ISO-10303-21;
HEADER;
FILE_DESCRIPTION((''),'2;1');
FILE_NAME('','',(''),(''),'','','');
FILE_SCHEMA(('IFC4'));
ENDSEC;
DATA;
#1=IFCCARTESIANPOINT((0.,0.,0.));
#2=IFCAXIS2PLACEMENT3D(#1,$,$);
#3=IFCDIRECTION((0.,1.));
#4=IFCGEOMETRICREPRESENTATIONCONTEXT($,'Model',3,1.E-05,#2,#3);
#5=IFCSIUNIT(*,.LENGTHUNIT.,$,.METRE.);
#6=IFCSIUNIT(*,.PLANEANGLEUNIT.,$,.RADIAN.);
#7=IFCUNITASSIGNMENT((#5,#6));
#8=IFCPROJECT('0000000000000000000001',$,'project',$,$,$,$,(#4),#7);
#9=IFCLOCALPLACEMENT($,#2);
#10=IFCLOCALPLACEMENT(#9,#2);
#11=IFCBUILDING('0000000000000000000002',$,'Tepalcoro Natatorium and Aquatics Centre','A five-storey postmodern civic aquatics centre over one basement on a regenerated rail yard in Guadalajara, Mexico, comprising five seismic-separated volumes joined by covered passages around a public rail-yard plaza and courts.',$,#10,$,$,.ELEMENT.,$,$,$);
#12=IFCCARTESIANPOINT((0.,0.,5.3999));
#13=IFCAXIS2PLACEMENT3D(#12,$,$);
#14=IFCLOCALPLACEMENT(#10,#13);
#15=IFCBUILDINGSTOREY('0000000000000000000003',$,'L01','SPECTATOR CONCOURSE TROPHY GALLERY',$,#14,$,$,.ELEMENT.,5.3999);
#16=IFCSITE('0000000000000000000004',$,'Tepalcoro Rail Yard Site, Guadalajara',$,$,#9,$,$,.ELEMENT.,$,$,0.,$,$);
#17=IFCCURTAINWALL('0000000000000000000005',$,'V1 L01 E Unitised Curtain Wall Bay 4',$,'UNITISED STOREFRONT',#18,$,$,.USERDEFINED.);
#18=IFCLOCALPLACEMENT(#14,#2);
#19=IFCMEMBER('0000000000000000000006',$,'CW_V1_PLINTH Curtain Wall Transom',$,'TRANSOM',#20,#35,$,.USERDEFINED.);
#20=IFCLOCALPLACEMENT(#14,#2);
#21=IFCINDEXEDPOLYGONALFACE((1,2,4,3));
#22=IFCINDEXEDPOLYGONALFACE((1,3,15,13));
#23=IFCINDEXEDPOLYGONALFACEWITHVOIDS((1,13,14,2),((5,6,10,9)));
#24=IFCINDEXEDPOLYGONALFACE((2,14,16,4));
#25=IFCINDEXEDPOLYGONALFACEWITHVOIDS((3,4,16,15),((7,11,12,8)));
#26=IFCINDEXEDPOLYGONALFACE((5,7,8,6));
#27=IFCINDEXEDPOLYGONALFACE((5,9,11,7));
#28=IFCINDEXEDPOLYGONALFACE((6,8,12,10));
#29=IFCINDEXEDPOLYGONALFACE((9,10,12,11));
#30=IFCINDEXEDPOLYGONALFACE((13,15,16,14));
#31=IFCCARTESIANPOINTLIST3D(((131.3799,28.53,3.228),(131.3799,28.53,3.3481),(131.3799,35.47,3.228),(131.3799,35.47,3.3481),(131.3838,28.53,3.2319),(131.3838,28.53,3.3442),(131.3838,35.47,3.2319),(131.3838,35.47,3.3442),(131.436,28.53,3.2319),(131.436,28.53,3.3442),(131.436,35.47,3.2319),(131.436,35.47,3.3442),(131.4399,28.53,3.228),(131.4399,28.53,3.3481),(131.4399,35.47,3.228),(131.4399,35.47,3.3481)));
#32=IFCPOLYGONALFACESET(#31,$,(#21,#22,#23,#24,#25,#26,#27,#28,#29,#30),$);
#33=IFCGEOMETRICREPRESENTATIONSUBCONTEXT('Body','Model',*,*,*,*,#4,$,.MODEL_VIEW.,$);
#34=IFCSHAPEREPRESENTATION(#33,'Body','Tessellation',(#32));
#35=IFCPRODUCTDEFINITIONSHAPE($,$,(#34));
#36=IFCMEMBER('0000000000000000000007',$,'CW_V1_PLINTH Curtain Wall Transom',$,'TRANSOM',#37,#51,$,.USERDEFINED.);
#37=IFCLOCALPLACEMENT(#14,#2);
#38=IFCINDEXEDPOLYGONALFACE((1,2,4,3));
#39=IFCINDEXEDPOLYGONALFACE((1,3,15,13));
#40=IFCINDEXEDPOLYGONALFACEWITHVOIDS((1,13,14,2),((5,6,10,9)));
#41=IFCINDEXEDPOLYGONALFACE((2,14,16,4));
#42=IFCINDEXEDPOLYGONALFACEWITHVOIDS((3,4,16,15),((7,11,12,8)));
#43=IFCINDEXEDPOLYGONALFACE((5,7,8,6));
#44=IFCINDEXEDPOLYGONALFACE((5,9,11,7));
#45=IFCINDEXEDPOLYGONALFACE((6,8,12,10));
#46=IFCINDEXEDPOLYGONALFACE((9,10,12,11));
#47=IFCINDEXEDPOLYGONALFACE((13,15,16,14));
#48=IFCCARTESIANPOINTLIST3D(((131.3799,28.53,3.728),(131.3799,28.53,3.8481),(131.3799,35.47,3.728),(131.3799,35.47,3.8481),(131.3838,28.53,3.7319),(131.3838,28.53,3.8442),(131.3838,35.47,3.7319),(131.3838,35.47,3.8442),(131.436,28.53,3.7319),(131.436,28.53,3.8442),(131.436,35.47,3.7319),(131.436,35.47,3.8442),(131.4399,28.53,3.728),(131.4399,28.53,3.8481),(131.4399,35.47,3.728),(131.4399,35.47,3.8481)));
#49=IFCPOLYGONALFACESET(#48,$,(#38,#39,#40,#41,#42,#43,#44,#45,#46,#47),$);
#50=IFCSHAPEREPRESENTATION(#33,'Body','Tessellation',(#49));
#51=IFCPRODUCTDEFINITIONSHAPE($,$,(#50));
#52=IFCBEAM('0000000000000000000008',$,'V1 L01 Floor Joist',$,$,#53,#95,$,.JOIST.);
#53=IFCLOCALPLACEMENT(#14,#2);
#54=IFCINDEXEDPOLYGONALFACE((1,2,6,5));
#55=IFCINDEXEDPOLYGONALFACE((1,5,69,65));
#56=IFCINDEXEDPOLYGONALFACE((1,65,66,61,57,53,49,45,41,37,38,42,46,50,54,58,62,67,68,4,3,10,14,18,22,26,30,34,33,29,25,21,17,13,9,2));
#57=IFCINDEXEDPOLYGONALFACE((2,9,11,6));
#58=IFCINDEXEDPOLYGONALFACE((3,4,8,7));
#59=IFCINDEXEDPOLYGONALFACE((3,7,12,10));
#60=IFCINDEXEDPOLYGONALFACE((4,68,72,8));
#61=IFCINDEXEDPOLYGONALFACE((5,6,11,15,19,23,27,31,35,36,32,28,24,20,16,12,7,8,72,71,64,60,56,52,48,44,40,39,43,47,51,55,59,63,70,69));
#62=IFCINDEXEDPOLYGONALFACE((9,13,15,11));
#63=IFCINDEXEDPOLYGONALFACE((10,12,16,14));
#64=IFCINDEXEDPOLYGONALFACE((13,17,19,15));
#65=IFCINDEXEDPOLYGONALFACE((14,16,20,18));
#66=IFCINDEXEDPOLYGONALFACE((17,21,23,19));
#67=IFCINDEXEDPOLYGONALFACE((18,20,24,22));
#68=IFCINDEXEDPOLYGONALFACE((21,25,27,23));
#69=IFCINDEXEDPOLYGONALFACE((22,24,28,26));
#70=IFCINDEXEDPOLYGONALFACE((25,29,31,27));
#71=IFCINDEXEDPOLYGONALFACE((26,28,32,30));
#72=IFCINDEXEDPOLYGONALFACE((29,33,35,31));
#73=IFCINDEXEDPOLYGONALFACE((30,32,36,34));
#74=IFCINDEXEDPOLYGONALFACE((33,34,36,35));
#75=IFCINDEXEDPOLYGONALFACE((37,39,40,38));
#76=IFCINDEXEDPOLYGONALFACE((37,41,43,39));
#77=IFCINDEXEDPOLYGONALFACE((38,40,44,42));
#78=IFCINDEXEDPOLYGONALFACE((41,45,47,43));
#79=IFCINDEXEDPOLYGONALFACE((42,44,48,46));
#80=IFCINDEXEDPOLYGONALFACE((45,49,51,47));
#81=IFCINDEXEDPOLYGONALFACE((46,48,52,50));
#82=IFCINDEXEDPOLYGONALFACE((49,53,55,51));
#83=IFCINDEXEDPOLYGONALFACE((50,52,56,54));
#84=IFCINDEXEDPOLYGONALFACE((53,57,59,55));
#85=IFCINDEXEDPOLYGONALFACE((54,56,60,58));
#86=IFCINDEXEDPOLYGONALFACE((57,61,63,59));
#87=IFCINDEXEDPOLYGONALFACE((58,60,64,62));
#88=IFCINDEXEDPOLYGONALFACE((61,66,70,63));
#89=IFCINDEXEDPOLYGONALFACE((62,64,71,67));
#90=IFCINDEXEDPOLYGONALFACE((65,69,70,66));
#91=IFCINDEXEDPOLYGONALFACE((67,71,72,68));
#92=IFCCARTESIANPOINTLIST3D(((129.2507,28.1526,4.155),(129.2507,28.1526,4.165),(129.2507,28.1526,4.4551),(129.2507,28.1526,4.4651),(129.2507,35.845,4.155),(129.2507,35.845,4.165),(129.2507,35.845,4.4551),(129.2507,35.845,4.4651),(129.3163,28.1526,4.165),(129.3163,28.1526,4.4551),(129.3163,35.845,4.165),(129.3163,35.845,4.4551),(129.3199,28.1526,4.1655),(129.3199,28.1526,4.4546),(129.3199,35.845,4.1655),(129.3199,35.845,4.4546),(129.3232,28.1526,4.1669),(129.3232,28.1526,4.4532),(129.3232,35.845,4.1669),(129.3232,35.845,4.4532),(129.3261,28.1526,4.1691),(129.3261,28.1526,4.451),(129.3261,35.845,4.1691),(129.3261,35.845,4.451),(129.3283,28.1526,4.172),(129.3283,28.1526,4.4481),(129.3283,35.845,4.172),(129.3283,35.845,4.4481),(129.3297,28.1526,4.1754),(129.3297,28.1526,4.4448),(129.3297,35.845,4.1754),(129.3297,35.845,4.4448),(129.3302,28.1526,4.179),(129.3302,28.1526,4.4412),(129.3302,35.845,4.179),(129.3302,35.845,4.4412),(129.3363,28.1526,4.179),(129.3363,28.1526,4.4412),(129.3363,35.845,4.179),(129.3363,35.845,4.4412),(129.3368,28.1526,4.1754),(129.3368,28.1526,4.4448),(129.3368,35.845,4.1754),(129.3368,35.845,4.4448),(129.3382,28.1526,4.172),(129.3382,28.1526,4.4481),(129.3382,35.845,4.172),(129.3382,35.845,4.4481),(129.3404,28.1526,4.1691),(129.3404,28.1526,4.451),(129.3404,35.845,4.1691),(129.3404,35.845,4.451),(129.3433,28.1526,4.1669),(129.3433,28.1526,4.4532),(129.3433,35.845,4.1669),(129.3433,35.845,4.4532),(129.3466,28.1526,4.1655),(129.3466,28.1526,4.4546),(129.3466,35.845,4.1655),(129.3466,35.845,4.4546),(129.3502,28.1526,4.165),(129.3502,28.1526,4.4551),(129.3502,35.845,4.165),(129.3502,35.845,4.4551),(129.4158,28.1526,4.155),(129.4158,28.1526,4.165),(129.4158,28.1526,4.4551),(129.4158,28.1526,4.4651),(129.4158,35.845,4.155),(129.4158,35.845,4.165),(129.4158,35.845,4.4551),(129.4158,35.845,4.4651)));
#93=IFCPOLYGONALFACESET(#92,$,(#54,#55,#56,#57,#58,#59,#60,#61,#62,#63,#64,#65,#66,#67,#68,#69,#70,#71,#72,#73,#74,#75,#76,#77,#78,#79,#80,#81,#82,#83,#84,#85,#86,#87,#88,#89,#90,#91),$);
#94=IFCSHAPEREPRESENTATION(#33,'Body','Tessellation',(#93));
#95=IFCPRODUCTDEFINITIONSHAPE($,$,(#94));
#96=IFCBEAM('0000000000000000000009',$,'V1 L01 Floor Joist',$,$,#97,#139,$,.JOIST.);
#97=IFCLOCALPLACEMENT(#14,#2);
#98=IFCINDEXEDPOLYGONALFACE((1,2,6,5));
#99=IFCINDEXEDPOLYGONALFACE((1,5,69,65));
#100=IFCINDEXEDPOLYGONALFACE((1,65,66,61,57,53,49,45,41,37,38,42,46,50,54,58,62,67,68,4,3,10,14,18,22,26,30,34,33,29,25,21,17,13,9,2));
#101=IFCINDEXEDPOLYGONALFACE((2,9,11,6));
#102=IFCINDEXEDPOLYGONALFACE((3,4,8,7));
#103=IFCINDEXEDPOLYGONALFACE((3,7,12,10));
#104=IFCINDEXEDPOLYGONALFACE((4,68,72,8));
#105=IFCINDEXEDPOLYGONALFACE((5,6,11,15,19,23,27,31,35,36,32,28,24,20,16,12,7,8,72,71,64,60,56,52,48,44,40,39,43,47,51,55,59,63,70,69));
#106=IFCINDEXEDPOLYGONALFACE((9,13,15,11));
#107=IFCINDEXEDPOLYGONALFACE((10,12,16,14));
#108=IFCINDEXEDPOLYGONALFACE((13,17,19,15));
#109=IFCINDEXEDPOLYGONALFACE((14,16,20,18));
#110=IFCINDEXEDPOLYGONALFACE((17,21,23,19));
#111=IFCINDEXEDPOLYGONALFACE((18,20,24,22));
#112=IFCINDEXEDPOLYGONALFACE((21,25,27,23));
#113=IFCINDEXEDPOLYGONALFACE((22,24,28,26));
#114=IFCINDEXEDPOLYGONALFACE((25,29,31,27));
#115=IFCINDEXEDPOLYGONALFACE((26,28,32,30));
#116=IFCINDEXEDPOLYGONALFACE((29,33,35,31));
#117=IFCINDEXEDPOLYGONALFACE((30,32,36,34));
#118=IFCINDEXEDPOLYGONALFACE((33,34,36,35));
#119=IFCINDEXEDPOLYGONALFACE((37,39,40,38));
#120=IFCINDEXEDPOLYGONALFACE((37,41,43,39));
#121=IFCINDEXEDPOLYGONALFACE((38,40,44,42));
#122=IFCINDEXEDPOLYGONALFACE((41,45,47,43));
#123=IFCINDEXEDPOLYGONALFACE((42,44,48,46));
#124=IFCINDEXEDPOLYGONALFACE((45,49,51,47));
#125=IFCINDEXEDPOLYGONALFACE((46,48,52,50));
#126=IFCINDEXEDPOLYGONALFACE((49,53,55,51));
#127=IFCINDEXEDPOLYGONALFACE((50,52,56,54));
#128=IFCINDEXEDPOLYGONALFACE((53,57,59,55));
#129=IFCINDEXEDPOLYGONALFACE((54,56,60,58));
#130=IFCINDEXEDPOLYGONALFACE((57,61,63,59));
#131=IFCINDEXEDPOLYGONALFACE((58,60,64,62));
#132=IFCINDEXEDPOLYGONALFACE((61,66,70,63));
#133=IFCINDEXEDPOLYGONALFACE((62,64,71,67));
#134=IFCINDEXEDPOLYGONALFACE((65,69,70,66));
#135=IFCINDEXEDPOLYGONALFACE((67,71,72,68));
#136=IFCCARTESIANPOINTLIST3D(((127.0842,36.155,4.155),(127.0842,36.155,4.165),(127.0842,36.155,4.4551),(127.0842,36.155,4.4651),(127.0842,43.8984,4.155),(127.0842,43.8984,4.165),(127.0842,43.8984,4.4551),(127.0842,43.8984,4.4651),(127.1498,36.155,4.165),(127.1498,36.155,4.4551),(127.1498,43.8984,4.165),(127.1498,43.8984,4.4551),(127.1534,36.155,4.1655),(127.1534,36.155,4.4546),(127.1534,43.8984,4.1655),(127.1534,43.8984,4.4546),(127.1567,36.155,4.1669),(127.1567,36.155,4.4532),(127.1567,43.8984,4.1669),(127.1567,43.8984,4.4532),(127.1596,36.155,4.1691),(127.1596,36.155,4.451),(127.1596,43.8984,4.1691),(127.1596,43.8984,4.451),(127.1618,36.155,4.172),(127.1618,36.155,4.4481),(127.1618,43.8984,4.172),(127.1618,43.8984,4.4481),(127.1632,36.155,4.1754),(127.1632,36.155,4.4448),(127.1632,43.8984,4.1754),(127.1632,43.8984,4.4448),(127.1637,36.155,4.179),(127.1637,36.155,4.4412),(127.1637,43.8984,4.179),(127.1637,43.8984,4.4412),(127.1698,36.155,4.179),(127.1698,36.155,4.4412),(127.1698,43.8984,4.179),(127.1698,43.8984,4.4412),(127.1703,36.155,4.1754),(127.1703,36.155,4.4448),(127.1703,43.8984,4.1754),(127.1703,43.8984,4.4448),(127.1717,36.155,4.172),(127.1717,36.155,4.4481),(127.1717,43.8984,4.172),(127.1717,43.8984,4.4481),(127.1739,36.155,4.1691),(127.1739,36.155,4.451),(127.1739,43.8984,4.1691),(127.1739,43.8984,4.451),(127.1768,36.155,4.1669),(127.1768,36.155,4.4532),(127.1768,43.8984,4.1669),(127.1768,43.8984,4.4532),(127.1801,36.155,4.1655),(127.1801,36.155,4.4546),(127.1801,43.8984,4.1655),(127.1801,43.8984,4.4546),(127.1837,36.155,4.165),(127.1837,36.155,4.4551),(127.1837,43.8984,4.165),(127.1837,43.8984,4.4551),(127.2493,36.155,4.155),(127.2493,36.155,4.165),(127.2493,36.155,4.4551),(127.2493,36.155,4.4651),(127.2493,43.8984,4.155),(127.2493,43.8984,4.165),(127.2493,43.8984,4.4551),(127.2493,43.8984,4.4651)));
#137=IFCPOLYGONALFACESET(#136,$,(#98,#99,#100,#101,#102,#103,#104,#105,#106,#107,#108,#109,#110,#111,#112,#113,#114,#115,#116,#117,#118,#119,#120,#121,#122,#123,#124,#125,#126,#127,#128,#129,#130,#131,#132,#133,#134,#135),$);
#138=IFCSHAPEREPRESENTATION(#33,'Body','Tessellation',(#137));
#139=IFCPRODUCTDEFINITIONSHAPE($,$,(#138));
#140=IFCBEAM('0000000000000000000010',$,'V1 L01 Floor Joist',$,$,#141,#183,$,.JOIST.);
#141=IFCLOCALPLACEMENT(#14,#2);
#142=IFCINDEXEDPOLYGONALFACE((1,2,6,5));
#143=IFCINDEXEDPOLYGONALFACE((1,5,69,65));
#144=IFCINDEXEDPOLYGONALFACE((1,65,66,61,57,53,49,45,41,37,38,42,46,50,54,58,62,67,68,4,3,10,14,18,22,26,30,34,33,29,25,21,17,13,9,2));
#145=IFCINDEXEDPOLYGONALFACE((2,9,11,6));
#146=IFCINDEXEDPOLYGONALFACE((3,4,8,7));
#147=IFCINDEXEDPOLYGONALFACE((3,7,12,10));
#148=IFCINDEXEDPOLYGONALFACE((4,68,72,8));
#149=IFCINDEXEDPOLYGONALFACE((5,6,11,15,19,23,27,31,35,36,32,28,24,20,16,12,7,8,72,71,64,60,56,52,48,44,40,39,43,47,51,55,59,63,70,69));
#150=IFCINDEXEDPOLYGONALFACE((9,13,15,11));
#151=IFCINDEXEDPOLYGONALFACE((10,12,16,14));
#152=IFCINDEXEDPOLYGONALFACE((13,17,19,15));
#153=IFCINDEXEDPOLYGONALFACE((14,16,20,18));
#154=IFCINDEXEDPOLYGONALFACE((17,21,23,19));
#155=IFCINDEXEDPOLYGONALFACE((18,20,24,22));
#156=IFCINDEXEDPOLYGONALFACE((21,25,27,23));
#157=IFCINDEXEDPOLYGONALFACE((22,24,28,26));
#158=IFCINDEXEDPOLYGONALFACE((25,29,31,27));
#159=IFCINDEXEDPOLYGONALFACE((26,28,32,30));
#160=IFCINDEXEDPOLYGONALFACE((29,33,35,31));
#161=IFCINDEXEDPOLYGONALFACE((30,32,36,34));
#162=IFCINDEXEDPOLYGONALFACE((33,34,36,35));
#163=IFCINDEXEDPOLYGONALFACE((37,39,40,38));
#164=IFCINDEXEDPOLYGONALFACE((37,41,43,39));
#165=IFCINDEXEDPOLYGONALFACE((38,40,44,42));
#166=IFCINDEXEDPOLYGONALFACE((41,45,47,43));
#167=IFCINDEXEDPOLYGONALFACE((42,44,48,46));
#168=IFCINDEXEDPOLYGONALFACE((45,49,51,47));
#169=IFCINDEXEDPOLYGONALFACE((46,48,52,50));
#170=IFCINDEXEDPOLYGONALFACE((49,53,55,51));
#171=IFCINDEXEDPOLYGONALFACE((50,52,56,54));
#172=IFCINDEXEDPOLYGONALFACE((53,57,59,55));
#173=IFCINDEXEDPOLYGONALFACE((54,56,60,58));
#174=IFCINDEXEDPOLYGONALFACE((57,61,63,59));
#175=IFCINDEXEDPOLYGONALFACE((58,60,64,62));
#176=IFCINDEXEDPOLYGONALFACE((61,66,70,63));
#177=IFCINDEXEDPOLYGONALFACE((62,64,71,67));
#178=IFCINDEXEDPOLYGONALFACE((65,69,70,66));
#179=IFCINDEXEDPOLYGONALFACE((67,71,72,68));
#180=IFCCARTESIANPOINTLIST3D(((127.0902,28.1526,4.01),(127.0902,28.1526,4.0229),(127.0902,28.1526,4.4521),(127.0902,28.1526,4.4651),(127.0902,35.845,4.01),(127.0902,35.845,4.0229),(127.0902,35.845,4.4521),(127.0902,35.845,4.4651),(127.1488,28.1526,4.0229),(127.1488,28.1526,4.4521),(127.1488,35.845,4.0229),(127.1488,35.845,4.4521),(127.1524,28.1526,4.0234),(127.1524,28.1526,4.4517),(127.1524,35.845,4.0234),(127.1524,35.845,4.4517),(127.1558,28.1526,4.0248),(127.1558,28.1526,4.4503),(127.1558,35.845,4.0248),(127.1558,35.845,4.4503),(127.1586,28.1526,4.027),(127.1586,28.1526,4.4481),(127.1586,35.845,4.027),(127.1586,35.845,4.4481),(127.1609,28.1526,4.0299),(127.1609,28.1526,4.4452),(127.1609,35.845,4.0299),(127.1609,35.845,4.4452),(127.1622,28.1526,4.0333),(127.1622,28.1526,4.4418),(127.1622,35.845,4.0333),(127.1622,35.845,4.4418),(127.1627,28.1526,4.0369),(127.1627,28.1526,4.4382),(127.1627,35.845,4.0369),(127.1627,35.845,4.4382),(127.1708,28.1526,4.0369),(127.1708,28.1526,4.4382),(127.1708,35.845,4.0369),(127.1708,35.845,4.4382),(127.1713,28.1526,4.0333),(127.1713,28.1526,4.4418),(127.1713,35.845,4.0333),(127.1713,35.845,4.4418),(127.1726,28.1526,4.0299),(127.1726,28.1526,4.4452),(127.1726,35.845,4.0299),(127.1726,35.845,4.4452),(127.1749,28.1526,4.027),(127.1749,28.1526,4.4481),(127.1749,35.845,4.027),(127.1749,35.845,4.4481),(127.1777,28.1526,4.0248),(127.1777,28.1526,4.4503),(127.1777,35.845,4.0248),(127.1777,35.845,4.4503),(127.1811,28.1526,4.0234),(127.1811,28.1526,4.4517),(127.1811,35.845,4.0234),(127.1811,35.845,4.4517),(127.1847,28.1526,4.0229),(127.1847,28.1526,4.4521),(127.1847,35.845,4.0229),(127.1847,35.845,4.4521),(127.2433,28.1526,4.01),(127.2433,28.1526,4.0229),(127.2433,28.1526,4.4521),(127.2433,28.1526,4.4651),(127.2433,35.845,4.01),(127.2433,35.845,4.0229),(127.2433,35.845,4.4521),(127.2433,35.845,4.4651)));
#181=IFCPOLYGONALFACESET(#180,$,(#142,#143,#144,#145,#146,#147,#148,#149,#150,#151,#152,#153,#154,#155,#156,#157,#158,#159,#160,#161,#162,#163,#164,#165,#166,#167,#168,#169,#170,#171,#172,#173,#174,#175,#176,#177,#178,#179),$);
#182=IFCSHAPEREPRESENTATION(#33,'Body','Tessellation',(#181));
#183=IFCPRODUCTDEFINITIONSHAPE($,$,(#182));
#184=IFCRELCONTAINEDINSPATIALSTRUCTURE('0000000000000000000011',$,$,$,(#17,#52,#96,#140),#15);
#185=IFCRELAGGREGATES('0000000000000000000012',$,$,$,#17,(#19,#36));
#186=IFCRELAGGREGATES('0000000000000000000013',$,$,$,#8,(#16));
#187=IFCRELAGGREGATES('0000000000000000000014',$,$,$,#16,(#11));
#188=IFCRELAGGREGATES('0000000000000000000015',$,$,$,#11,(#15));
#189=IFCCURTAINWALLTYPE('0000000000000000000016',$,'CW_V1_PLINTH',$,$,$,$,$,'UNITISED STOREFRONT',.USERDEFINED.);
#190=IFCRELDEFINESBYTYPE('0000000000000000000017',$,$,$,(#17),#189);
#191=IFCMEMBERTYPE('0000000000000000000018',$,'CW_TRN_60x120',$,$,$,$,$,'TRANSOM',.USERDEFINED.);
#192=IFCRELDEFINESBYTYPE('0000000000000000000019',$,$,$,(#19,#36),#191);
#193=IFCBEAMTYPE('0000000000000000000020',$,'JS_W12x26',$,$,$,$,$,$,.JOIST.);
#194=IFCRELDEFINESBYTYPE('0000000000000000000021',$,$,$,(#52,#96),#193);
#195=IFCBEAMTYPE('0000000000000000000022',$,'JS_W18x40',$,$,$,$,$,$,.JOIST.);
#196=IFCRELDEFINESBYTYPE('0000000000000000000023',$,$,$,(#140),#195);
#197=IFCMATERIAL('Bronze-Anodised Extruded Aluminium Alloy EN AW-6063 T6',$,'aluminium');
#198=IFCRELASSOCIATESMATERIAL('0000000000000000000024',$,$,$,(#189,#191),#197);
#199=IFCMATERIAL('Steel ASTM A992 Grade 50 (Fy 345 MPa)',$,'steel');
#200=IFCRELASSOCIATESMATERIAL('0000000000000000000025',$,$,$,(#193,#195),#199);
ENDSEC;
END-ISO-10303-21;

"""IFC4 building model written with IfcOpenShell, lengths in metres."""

from ifc_helpers import new_model, si_unit, direction, frame, origin, origin_2d, place, context, subcontext, project, spatial, hollow_rectangle, i_section, extrude, material, material_profile, profile_set, type_object, element, aggregate, save


model = new_model("IFC4")

# Units and contexts
model_context = context("Model", 3, precision=1e-05, world=origin(), true_north=direction((0.0, 1.0)))
body_context = subcontext(model_context, "Body", "Model", "MODEL_VIEW")
ifc_project = project(units=[si_unit("LENGTHUNIT", "METRE"), si_unit("PLANEANGLEUNIT", "RADIAN")], contexts=[model_context])

# Site, building, storey
site_placement = place(None, origin())
site = spatial("IfcSite", under=ifc_project, at=site_placement, Name="Tepalcoro Rail Yard Site, Guadalajara", CompositionType="ELEMENT", RefElevation=0.0)
building_placement = place(site_placement, origin())
building = spatial("IfcBuilding", under=site, at=building_placement, Name="Tepalcoro Natatorium and Aquatics Centre", Description="A five-storey postmodern civic aquatics centre over one basement on a regenerated rail yard in Guadalajara, Mexico, comprising five seismic-separated volumes joined by covered passages around a public rail-yard plaza and courts.", CompositionType="ELEMENT")
storey_placement = place(building_placement, frame((0.0, 0.0, 5.3999)))
storey = spatial("IfcBuildingStorey", under=building, at=storey_placement, Name="L01", Description="SPECTATOR CONCOURSE TROPHY GALLERY", CompositionType="ELEMENT", Elevation=5.3999)

# Shared definitions
ifc_material_1 = material(Name="Steel ASTM A992 Grade 50 (Fy 345 MPa)", Category="steel")

# Curtain wall
ifc_material_2 = material(Name="Bronze-Anodised Extruded Aluminium Alloy EN AW-6063 T6", Category="aluminium")
curtain_wall_type_1 = type_object("IfcCurtainWallType", Name="CW_V1_PLINTH", ElementType="UNITISED STOREFRONT", PredefinedType="USERDEFINED", material=ifc_material_2)
curtain_wall_1_placement = place(storey_placement, origin())
curtain_wall_1 = element("IfcCurtainWall", 1, at=curtain_wall_1_placement, inside=storey, type_object=curtain_wall_type_1, Name="V1 L01 E Unitised Curtain Wall Bay 4", ObjectType="UNITISED STOREFRONT", PredefinedType="USERDEFINED")

# Members
ifc_material_profile_1 = material_profile(ifc_material_2, hollow_rectangle(XDim=0.0601, YDim=0.1201, WallThickness=0.0039, at=origin_2d()), Name="AL60X120X4")
ifc_profile_set_1 = profile_set([ifc_material_profile_1], Name="Bronze-Anodised Extruded Aluminium Alloy EN AW-6063 T6")
member_type_1 = type_object("IfcMemberType", Name="CW_TRN_60x120", ElementType="TRANSOM", PredefinedType="USERDEFINED", material=ifc_profile_set_1)
member_1_placement = place(storey_placement, frame((131.4099, 28.53, 3.2881), z_axis=(0.0, 1.0, 0.0), x_axis=(-1.0, 0.0, 0.0)))
member_1 = element("IfcMember", 2, at=member_1_placement, type_object=member_type_1, Name="CW_V1_PLINTH Curtain Wall Transom", ObjectType="TRANSOM", PredefinedType="USERDEFINED", context=body_context, shape_type="SweptSolid", body=[
    extrude(hollow_rectangle(XDim=0.0601, YDim=0.1201, WallThickness=0.0039, at=origin_2d()), origin(), (0.0, 0.0, 1.0), 6.9399),
])
member_2_placement = place(storey_placement, frame((131.4099, 28.53, 3.7881), z_axis=(0.0, 1.0, 0.0), x_axis=(-1.0, 0.0, 0.0)))
member_2 = element("IfcMember", 3, at=member_2_placement, type_object=member_type_1, Name="CW_V1_PLINTH Curtain Wall Transom", ObjectType="TRANSOM", PredefinedType="USERDEFINED", context=body_context, shape_type="SweptSolid", body=[
    extrude(hollow_rectangle(XDim=0.0601, YDim=0.1201, WallThickness=0.0039, at=origin_2d()), origin(), (0.0, 0.0, 1.0), 6.9399),
])

# Beams
ifc_material_profile_2 = material_profile(ifc_material_1, i_section(OverallWidth=0.165, OverallDepth=0.3101, WebThickness=0.0061, FlangeThickness=0.01, FilletRadius=0.0139, at=origin_2d()), Name="W12X26")
ifc_profile_set_2 = profile_set([ifc_material_profile_2], Name="Steel ASTM A992 Grade 50 (Fy 345 MPa)")
beam_type_1 = type_object("IfcBeamType", Name="JS_W12x26", PredefinedType="JOIST", material=ifc_profile_set_2)
beam_1_placement = place(storey_placement, frame((129.3333, 28.1526, 4.3101), z_axis=(0.0, 1.0, 0.0), x_axis=(-1.0, 0.0, 0.0)))
element("IfcBeam", 4, at=beam_1_placement, inside=storey, type_object=beam_type_1, Name="V1 L01 Floor Joist", PredefinedType="JOIST", context=body_context, shape_type="SweptSolid", body=[
    extrude(i_section(OverallWidth=0.165, OverallDepth=0.3101, WebThickness=0.0061, FlangeThickness=0.01, FilletRadius=0.0139, at=origin_2d()), origin(), (0.0, 0.0, 1.0), 7.6924),
])
beam_2_placement = place(storey_placement, frame((127.1667, 36.155, 4.3101), z_axis=(0.0, 1.0, 0.0), x_axis=(-1.0, 0.0, 0.0)))
element("IfcBeam", 5, at=beam_2_placement, inside=storey, type_object=beam_type_1, Name="V1 L01 Floor Joist", PredefinedType="JOIST", context=body_context, shape_type="SweptSolid", body=[
    extrude(i_section(OverallWidth=0.165, OverallDepth=0.3101, WebThickness=0.0061, FlangeThickness=0.01, FilletRadius=0.0139, at=origin_2d()), origin(), (0.0, 0.0, 1.0), 7.7434),
])
ifc_material_profile_3 = material_profile(ifc_material_1, i_section(OverallWidth=0.1531, OverallDepth=0.4551, WebThickness=0.0081, FlangeThickness=0.0129, FilletRadius=0.0139, at=origin_2d()), Name="W18X40")
ifc_profile_set_3 = profile_set([ifc_material_profile_3], Name="Steel ASTM A992 Grade 50 (Fy 345 MPa)")
beam_type_2 = type_object("IfcBeamType", Name="JS_W18x40", PredefinedType="JOIST", material=ifc_profile_set_3)
beam_3_placement = place(storey_placement, frame((127.1667, 28.1526, 4.2375), z_axis=(0.0, 1.0, 0.0), x_axis=(-1.0, 0.0, 0.0)))
element("IfcBeam", 6, at=beam_3_placement, inside=storey, type_object=beam_type_2, Name="V1 L01 Floor Joist", PredefinedType="JOIST", context=body_context, shape_type="SweptSolid", body=[
    extrude(i_section(OverallWidth=0.1531, OverallDepth=0.4551, WebThickness=0.0081, FlangeThickness=0.0129, FilletRadius=0.0139, at=origin_2d()), origin(), (0.0, 0.0, 1.0), 7.6924),
])

aggregate(curtain_wall_1, [member_1, member_2])

save(model, "model.ifc")
